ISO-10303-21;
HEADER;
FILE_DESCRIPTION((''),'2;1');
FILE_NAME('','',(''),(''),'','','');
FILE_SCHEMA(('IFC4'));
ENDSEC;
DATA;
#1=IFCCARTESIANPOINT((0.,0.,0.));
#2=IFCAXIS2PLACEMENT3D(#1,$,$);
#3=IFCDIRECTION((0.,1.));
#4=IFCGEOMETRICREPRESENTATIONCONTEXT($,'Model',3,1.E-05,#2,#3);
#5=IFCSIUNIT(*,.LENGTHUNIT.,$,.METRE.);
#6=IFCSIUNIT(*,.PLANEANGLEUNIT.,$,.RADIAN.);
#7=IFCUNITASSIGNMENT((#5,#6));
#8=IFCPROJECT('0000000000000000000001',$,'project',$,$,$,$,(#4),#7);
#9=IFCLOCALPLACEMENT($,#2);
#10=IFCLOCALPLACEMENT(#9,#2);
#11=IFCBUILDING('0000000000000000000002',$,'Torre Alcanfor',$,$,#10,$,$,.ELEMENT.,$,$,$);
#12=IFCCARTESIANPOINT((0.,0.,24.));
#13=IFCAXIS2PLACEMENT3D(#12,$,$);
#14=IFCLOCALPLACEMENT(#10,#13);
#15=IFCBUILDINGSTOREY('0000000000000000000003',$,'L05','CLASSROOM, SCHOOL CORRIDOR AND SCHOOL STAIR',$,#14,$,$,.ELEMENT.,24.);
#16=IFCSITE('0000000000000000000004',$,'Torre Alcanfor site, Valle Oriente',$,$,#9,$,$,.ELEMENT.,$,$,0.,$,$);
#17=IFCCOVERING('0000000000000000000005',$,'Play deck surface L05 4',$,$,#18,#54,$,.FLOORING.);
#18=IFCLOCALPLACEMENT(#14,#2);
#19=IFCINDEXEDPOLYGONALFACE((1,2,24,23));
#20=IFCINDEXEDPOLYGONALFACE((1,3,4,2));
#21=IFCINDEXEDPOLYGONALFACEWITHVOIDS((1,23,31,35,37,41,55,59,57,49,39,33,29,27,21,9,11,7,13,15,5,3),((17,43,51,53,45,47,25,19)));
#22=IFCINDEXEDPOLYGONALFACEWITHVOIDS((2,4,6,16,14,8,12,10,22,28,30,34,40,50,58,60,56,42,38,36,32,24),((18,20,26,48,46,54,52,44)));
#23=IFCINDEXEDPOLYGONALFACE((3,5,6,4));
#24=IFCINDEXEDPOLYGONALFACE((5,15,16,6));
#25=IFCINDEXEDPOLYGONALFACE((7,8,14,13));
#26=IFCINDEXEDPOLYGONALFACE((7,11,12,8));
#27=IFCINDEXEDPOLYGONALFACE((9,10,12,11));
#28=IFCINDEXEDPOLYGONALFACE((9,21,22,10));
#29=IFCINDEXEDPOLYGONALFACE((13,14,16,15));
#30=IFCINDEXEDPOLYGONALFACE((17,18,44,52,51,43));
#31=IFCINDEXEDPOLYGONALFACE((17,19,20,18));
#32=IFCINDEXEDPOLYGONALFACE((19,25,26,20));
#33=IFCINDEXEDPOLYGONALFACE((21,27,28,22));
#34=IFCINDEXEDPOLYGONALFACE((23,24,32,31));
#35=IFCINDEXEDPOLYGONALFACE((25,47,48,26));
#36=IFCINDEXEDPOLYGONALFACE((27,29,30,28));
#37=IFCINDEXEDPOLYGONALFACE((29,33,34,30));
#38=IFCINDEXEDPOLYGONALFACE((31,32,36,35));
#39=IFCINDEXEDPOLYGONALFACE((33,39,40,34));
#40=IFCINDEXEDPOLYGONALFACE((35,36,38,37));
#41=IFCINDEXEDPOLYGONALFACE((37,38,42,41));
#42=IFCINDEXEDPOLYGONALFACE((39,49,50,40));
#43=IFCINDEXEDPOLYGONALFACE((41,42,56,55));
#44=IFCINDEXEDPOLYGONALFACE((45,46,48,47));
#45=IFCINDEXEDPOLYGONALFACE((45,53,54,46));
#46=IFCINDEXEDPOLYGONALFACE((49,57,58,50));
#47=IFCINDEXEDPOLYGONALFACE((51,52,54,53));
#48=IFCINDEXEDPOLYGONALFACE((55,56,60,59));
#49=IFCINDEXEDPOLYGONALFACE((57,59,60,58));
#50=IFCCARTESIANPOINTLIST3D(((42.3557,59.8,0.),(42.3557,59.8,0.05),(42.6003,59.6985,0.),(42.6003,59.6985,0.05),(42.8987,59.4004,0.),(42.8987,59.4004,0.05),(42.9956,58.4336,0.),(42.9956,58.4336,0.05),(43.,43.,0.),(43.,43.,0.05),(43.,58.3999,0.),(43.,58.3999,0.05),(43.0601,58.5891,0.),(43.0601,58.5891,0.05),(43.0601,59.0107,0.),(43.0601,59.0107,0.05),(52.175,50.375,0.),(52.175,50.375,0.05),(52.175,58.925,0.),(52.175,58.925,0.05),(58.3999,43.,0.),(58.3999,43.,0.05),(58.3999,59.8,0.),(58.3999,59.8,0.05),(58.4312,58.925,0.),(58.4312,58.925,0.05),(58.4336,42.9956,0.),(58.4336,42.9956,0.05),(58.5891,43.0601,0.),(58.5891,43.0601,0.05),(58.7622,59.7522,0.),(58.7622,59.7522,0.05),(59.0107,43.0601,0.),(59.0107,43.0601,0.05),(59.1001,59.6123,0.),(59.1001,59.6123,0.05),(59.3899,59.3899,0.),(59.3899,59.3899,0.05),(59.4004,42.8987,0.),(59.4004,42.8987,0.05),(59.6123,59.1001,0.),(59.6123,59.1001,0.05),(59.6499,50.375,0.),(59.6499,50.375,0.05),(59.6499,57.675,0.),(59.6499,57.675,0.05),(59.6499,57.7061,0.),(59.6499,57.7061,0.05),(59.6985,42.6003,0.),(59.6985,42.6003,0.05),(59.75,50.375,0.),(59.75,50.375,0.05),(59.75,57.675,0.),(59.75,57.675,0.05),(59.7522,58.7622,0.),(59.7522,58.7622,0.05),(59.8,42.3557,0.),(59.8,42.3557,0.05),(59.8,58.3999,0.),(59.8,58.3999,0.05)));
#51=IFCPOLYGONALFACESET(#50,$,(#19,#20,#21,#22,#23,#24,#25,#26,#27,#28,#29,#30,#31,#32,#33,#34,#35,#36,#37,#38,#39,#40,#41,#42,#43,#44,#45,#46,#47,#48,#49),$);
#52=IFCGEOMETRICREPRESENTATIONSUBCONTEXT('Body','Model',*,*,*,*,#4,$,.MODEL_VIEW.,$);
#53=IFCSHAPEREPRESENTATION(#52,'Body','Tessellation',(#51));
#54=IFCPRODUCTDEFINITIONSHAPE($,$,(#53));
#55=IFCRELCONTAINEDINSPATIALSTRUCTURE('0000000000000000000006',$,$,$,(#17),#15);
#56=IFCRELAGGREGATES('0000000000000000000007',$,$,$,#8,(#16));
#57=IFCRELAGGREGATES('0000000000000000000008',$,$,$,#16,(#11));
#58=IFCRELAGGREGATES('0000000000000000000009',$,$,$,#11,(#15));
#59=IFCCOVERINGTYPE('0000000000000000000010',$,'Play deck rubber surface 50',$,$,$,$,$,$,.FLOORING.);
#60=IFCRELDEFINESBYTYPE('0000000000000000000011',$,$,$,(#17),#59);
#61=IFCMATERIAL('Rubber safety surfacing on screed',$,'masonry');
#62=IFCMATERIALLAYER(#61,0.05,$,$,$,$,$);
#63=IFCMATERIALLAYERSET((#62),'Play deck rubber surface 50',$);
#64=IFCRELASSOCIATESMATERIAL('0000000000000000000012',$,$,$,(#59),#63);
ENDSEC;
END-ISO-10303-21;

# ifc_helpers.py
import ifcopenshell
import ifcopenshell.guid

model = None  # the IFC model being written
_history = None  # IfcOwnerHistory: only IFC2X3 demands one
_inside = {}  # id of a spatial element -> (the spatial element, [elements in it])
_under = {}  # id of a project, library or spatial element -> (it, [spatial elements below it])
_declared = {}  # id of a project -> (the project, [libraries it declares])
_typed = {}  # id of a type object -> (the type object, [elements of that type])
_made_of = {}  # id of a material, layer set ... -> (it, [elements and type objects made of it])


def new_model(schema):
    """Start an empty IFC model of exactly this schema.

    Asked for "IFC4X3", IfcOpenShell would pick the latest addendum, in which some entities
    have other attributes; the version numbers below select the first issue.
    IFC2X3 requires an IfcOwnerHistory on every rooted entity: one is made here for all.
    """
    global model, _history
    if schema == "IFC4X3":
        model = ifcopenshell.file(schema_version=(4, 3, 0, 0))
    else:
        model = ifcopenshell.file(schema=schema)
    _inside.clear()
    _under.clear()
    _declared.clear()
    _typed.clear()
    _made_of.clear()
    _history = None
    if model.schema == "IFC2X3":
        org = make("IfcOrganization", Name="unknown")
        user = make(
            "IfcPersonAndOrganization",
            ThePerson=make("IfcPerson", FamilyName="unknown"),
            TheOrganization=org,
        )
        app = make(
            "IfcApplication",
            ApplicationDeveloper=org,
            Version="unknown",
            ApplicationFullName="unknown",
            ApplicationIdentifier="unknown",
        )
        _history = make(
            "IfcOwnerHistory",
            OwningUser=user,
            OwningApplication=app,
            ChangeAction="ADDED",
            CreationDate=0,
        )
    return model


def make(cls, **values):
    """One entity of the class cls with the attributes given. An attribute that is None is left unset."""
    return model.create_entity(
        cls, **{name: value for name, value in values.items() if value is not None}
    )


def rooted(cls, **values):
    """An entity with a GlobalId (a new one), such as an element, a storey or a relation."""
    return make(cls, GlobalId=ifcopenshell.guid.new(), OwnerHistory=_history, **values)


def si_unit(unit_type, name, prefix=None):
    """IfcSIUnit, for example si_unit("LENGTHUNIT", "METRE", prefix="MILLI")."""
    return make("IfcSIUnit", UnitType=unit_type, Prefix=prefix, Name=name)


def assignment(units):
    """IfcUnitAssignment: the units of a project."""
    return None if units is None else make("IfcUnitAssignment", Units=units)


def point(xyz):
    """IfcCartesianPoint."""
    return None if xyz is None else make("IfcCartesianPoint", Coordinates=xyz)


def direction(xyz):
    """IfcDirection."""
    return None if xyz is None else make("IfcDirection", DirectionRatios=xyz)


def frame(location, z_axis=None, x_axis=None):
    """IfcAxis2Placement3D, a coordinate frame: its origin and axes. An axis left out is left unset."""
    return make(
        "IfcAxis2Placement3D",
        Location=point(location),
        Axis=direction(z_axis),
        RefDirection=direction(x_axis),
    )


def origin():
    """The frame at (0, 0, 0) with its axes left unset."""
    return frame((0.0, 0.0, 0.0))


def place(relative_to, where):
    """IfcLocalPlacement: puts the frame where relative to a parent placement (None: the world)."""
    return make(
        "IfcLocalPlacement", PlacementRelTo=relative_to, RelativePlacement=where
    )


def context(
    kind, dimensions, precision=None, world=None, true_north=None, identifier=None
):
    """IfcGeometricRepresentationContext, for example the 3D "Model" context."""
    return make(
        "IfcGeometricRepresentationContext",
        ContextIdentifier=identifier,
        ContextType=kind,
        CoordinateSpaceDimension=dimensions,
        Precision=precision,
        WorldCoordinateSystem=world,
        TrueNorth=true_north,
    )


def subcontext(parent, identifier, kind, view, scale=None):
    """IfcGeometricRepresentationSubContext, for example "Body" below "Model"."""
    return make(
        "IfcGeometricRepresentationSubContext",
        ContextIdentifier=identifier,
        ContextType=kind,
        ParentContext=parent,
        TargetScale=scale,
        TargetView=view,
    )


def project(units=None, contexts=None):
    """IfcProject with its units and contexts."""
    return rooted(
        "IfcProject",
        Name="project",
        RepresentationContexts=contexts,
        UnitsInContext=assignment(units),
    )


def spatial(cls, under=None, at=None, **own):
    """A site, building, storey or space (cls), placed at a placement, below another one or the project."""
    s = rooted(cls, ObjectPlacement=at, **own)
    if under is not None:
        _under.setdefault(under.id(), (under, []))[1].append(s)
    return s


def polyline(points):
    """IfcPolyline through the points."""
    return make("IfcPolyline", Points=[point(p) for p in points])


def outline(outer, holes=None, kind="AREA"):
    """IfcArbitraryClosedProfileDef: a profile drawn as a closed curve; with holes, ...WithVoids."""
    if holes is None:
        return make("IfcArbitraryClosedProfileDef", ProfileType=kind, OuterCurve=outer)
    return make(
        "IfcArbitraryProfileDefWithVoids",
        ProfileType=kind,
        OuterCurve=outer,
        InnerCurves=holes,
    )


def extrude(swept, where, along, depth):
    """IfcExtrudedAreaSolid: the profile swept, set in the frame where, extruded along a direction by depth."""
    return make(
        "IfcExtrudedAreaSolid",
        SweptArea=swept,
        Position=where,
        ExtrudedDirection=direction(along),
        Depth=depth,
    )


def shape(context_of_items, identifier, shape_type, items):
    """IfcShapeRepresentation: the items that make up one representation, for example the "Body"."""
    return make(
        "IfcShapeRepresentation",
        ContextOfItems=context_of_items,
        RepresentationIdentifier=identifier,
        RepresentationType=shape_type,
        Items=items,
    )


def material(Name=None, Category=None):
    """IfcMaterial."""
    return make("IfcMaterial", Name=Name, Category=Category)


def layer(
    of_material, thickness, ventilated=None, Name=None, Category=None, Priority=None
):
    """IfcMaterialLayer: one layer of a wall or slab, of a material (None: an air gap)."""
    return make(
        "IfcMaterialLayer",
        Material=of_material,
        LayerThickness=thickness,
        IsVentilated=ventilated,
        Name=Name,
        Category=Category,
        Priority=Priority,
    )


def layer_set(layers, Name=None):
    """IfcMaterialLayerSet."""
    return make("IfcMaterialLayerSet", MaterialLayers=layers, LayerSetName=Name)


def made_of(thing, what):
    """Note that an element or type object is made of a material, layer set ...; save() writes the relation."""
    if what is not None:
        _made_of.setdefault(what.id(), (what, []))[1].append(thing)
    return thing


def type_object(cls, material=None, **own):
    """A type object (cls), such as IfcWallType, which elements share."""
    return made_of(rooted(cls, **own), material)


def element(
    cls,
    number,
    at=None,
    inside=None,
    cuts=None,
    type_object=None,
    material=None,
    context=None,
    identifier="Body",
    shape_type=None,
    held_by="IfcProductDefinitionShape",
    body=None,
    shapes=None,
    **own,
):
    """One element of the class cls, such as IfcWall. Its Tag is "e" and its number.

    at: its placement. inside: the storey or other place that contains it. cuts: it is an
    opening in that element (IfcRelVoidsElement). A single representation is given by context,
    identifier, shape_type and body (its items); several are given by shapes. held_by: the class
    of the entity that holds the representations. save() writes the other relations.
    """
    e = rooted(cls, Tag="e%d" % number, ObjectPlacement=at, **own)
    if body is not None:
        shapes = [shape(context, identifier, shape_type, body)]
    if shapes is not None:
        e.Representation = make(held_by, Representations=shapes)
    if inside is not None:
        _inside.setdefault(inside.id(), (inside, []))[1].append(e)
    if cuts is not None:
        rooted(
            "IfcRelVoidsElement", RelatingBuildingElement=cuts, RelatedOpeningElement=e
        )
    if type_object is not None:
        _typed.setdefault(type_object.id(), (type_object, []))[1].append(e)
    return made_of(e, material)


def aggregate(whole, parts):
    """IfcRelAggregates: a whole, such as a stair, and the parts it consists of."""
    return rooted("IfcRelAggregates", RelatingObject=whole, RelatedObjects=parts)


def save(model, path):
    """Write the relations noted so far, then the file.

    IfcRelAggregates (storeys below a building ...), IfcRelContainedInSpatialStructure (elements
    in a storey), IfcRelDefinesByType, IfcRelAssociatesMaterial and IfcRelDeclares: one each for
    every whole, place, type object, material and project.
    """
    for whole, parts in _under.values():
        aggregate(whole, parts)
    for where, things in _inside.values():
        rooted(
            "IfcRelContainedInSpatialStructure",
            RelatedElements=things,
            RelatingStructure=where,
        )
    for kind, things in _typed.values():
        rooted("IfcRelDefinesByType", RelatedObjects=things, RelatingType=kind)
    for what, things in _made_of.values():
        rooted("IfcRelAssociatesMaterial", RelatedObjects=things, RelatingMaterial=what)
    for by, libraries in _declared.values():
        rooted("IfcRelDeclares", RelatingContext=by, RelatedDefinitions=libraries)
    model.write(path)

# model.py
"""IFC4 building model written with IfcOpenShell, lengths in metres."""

from ifc_helpers import new_model, si_unit, direction, frame, origin, place, context, subcontext, project, spatial, polyline, outline, extrude, material, layer, layer_set, type_object, element, save


model = new_model("IFC4")

# Units and contexts
model_context = context("Model", 3, precision=1e-05, world=origin(), true_north=direction((0.0, 1.0)))
body_context = subcontext(model_context, "Body", "Model", "MODEL_VIEW")
ifc_project = project(units=[si_unit("LENGTHUNIT", "METRE"), si_unit("PLANEANGLEUNIT", "RADIAN")], contexts=[model_context])

# Site, building, storey
site_placement = place(None, origin())
site = spatial("IfcSite", under=ifc_project, at=site_placement, Name="Torre Alcanfor site, Valle Oriente", CompositionType="ELEMENT", RefElevation=0.0)
building_placement = place(site_placement, origin())
building = spatial("IfcBuilding", under=site, at=building_placement, Name="Torre Alcanfor", CompositionType="ELEMENT")
storey_placement = place(building_placement, frame((0.0, 0.0, 24.0)))
storey = spatial("IfcBuildingStorey", under=building, at=storey_placement, Name="L05", Description="CLASSROOM, SCHOOL CORRIDOR AND SCHOOL STAIR", CompositionType="ELEMENT", Elevation=24.0)

# Covering
ifc_material_1 = material(Name="Rubber safety surfacing on screed", Category="masonry")
ifc_layer_1 = layer(ifc_material_1, 0.05)
ifc_layer_set_1 = layer_set([ifc_layer_1], Name="Play deck rubber surface 50")
covering_type_1 = type_object("IfcCoveringType", Name="Play deck rubber surface 50", PredefinedType="FLOORING", material=ifc_layer_set_1)
covering_1_placement = place(storey_placement, origin())
element("IfcCovering", 1, at=covering_1_placement, inside=storey, type_object=covering_type_1, Name="Play deck surface L05 4", PredefinedType="FLOORING", context=body_context, shape_type="SweptSolid", body=[
    extrude(outline(polyline([(43.0, 43.0), (43.0, 58.3999), (42.9956, 58.4336), (43.0601, 58.5891), (43.0601, 59.0107), (42.8987, 59.4004), (42.6003, 59.6985), (42.3557, 59.8), (58.3999, 59.8), (58.7622, 59.7522), (59.1001, 59.6123), (59.3899, 59.3899), (59.6123, 59.1001), (59.7522, 58.7622), (59.8, 58.3999), (59.8, 42.3557), (59.6985, 42.6003), (59.4004, 42.8987), (59.0107, 43.0601), (58.5891, 43.0601), (58.4336, 42.9956), (58.3999, 43.0), (43.0, 43.0)]), holes=[polyline([(59.75, 50.375), (59.75, 57.675), (59.6499, 57.675), (59.6499, 57.7061), (58.4312, 58.925), (52.175, 58.925), (52.175, 50.375), (59.6499, 50.375), (59.75, 50.375)])]), origin(), (0.0, 0.0, 1.0), 0.05),
])

save(model, "model.ifc")
